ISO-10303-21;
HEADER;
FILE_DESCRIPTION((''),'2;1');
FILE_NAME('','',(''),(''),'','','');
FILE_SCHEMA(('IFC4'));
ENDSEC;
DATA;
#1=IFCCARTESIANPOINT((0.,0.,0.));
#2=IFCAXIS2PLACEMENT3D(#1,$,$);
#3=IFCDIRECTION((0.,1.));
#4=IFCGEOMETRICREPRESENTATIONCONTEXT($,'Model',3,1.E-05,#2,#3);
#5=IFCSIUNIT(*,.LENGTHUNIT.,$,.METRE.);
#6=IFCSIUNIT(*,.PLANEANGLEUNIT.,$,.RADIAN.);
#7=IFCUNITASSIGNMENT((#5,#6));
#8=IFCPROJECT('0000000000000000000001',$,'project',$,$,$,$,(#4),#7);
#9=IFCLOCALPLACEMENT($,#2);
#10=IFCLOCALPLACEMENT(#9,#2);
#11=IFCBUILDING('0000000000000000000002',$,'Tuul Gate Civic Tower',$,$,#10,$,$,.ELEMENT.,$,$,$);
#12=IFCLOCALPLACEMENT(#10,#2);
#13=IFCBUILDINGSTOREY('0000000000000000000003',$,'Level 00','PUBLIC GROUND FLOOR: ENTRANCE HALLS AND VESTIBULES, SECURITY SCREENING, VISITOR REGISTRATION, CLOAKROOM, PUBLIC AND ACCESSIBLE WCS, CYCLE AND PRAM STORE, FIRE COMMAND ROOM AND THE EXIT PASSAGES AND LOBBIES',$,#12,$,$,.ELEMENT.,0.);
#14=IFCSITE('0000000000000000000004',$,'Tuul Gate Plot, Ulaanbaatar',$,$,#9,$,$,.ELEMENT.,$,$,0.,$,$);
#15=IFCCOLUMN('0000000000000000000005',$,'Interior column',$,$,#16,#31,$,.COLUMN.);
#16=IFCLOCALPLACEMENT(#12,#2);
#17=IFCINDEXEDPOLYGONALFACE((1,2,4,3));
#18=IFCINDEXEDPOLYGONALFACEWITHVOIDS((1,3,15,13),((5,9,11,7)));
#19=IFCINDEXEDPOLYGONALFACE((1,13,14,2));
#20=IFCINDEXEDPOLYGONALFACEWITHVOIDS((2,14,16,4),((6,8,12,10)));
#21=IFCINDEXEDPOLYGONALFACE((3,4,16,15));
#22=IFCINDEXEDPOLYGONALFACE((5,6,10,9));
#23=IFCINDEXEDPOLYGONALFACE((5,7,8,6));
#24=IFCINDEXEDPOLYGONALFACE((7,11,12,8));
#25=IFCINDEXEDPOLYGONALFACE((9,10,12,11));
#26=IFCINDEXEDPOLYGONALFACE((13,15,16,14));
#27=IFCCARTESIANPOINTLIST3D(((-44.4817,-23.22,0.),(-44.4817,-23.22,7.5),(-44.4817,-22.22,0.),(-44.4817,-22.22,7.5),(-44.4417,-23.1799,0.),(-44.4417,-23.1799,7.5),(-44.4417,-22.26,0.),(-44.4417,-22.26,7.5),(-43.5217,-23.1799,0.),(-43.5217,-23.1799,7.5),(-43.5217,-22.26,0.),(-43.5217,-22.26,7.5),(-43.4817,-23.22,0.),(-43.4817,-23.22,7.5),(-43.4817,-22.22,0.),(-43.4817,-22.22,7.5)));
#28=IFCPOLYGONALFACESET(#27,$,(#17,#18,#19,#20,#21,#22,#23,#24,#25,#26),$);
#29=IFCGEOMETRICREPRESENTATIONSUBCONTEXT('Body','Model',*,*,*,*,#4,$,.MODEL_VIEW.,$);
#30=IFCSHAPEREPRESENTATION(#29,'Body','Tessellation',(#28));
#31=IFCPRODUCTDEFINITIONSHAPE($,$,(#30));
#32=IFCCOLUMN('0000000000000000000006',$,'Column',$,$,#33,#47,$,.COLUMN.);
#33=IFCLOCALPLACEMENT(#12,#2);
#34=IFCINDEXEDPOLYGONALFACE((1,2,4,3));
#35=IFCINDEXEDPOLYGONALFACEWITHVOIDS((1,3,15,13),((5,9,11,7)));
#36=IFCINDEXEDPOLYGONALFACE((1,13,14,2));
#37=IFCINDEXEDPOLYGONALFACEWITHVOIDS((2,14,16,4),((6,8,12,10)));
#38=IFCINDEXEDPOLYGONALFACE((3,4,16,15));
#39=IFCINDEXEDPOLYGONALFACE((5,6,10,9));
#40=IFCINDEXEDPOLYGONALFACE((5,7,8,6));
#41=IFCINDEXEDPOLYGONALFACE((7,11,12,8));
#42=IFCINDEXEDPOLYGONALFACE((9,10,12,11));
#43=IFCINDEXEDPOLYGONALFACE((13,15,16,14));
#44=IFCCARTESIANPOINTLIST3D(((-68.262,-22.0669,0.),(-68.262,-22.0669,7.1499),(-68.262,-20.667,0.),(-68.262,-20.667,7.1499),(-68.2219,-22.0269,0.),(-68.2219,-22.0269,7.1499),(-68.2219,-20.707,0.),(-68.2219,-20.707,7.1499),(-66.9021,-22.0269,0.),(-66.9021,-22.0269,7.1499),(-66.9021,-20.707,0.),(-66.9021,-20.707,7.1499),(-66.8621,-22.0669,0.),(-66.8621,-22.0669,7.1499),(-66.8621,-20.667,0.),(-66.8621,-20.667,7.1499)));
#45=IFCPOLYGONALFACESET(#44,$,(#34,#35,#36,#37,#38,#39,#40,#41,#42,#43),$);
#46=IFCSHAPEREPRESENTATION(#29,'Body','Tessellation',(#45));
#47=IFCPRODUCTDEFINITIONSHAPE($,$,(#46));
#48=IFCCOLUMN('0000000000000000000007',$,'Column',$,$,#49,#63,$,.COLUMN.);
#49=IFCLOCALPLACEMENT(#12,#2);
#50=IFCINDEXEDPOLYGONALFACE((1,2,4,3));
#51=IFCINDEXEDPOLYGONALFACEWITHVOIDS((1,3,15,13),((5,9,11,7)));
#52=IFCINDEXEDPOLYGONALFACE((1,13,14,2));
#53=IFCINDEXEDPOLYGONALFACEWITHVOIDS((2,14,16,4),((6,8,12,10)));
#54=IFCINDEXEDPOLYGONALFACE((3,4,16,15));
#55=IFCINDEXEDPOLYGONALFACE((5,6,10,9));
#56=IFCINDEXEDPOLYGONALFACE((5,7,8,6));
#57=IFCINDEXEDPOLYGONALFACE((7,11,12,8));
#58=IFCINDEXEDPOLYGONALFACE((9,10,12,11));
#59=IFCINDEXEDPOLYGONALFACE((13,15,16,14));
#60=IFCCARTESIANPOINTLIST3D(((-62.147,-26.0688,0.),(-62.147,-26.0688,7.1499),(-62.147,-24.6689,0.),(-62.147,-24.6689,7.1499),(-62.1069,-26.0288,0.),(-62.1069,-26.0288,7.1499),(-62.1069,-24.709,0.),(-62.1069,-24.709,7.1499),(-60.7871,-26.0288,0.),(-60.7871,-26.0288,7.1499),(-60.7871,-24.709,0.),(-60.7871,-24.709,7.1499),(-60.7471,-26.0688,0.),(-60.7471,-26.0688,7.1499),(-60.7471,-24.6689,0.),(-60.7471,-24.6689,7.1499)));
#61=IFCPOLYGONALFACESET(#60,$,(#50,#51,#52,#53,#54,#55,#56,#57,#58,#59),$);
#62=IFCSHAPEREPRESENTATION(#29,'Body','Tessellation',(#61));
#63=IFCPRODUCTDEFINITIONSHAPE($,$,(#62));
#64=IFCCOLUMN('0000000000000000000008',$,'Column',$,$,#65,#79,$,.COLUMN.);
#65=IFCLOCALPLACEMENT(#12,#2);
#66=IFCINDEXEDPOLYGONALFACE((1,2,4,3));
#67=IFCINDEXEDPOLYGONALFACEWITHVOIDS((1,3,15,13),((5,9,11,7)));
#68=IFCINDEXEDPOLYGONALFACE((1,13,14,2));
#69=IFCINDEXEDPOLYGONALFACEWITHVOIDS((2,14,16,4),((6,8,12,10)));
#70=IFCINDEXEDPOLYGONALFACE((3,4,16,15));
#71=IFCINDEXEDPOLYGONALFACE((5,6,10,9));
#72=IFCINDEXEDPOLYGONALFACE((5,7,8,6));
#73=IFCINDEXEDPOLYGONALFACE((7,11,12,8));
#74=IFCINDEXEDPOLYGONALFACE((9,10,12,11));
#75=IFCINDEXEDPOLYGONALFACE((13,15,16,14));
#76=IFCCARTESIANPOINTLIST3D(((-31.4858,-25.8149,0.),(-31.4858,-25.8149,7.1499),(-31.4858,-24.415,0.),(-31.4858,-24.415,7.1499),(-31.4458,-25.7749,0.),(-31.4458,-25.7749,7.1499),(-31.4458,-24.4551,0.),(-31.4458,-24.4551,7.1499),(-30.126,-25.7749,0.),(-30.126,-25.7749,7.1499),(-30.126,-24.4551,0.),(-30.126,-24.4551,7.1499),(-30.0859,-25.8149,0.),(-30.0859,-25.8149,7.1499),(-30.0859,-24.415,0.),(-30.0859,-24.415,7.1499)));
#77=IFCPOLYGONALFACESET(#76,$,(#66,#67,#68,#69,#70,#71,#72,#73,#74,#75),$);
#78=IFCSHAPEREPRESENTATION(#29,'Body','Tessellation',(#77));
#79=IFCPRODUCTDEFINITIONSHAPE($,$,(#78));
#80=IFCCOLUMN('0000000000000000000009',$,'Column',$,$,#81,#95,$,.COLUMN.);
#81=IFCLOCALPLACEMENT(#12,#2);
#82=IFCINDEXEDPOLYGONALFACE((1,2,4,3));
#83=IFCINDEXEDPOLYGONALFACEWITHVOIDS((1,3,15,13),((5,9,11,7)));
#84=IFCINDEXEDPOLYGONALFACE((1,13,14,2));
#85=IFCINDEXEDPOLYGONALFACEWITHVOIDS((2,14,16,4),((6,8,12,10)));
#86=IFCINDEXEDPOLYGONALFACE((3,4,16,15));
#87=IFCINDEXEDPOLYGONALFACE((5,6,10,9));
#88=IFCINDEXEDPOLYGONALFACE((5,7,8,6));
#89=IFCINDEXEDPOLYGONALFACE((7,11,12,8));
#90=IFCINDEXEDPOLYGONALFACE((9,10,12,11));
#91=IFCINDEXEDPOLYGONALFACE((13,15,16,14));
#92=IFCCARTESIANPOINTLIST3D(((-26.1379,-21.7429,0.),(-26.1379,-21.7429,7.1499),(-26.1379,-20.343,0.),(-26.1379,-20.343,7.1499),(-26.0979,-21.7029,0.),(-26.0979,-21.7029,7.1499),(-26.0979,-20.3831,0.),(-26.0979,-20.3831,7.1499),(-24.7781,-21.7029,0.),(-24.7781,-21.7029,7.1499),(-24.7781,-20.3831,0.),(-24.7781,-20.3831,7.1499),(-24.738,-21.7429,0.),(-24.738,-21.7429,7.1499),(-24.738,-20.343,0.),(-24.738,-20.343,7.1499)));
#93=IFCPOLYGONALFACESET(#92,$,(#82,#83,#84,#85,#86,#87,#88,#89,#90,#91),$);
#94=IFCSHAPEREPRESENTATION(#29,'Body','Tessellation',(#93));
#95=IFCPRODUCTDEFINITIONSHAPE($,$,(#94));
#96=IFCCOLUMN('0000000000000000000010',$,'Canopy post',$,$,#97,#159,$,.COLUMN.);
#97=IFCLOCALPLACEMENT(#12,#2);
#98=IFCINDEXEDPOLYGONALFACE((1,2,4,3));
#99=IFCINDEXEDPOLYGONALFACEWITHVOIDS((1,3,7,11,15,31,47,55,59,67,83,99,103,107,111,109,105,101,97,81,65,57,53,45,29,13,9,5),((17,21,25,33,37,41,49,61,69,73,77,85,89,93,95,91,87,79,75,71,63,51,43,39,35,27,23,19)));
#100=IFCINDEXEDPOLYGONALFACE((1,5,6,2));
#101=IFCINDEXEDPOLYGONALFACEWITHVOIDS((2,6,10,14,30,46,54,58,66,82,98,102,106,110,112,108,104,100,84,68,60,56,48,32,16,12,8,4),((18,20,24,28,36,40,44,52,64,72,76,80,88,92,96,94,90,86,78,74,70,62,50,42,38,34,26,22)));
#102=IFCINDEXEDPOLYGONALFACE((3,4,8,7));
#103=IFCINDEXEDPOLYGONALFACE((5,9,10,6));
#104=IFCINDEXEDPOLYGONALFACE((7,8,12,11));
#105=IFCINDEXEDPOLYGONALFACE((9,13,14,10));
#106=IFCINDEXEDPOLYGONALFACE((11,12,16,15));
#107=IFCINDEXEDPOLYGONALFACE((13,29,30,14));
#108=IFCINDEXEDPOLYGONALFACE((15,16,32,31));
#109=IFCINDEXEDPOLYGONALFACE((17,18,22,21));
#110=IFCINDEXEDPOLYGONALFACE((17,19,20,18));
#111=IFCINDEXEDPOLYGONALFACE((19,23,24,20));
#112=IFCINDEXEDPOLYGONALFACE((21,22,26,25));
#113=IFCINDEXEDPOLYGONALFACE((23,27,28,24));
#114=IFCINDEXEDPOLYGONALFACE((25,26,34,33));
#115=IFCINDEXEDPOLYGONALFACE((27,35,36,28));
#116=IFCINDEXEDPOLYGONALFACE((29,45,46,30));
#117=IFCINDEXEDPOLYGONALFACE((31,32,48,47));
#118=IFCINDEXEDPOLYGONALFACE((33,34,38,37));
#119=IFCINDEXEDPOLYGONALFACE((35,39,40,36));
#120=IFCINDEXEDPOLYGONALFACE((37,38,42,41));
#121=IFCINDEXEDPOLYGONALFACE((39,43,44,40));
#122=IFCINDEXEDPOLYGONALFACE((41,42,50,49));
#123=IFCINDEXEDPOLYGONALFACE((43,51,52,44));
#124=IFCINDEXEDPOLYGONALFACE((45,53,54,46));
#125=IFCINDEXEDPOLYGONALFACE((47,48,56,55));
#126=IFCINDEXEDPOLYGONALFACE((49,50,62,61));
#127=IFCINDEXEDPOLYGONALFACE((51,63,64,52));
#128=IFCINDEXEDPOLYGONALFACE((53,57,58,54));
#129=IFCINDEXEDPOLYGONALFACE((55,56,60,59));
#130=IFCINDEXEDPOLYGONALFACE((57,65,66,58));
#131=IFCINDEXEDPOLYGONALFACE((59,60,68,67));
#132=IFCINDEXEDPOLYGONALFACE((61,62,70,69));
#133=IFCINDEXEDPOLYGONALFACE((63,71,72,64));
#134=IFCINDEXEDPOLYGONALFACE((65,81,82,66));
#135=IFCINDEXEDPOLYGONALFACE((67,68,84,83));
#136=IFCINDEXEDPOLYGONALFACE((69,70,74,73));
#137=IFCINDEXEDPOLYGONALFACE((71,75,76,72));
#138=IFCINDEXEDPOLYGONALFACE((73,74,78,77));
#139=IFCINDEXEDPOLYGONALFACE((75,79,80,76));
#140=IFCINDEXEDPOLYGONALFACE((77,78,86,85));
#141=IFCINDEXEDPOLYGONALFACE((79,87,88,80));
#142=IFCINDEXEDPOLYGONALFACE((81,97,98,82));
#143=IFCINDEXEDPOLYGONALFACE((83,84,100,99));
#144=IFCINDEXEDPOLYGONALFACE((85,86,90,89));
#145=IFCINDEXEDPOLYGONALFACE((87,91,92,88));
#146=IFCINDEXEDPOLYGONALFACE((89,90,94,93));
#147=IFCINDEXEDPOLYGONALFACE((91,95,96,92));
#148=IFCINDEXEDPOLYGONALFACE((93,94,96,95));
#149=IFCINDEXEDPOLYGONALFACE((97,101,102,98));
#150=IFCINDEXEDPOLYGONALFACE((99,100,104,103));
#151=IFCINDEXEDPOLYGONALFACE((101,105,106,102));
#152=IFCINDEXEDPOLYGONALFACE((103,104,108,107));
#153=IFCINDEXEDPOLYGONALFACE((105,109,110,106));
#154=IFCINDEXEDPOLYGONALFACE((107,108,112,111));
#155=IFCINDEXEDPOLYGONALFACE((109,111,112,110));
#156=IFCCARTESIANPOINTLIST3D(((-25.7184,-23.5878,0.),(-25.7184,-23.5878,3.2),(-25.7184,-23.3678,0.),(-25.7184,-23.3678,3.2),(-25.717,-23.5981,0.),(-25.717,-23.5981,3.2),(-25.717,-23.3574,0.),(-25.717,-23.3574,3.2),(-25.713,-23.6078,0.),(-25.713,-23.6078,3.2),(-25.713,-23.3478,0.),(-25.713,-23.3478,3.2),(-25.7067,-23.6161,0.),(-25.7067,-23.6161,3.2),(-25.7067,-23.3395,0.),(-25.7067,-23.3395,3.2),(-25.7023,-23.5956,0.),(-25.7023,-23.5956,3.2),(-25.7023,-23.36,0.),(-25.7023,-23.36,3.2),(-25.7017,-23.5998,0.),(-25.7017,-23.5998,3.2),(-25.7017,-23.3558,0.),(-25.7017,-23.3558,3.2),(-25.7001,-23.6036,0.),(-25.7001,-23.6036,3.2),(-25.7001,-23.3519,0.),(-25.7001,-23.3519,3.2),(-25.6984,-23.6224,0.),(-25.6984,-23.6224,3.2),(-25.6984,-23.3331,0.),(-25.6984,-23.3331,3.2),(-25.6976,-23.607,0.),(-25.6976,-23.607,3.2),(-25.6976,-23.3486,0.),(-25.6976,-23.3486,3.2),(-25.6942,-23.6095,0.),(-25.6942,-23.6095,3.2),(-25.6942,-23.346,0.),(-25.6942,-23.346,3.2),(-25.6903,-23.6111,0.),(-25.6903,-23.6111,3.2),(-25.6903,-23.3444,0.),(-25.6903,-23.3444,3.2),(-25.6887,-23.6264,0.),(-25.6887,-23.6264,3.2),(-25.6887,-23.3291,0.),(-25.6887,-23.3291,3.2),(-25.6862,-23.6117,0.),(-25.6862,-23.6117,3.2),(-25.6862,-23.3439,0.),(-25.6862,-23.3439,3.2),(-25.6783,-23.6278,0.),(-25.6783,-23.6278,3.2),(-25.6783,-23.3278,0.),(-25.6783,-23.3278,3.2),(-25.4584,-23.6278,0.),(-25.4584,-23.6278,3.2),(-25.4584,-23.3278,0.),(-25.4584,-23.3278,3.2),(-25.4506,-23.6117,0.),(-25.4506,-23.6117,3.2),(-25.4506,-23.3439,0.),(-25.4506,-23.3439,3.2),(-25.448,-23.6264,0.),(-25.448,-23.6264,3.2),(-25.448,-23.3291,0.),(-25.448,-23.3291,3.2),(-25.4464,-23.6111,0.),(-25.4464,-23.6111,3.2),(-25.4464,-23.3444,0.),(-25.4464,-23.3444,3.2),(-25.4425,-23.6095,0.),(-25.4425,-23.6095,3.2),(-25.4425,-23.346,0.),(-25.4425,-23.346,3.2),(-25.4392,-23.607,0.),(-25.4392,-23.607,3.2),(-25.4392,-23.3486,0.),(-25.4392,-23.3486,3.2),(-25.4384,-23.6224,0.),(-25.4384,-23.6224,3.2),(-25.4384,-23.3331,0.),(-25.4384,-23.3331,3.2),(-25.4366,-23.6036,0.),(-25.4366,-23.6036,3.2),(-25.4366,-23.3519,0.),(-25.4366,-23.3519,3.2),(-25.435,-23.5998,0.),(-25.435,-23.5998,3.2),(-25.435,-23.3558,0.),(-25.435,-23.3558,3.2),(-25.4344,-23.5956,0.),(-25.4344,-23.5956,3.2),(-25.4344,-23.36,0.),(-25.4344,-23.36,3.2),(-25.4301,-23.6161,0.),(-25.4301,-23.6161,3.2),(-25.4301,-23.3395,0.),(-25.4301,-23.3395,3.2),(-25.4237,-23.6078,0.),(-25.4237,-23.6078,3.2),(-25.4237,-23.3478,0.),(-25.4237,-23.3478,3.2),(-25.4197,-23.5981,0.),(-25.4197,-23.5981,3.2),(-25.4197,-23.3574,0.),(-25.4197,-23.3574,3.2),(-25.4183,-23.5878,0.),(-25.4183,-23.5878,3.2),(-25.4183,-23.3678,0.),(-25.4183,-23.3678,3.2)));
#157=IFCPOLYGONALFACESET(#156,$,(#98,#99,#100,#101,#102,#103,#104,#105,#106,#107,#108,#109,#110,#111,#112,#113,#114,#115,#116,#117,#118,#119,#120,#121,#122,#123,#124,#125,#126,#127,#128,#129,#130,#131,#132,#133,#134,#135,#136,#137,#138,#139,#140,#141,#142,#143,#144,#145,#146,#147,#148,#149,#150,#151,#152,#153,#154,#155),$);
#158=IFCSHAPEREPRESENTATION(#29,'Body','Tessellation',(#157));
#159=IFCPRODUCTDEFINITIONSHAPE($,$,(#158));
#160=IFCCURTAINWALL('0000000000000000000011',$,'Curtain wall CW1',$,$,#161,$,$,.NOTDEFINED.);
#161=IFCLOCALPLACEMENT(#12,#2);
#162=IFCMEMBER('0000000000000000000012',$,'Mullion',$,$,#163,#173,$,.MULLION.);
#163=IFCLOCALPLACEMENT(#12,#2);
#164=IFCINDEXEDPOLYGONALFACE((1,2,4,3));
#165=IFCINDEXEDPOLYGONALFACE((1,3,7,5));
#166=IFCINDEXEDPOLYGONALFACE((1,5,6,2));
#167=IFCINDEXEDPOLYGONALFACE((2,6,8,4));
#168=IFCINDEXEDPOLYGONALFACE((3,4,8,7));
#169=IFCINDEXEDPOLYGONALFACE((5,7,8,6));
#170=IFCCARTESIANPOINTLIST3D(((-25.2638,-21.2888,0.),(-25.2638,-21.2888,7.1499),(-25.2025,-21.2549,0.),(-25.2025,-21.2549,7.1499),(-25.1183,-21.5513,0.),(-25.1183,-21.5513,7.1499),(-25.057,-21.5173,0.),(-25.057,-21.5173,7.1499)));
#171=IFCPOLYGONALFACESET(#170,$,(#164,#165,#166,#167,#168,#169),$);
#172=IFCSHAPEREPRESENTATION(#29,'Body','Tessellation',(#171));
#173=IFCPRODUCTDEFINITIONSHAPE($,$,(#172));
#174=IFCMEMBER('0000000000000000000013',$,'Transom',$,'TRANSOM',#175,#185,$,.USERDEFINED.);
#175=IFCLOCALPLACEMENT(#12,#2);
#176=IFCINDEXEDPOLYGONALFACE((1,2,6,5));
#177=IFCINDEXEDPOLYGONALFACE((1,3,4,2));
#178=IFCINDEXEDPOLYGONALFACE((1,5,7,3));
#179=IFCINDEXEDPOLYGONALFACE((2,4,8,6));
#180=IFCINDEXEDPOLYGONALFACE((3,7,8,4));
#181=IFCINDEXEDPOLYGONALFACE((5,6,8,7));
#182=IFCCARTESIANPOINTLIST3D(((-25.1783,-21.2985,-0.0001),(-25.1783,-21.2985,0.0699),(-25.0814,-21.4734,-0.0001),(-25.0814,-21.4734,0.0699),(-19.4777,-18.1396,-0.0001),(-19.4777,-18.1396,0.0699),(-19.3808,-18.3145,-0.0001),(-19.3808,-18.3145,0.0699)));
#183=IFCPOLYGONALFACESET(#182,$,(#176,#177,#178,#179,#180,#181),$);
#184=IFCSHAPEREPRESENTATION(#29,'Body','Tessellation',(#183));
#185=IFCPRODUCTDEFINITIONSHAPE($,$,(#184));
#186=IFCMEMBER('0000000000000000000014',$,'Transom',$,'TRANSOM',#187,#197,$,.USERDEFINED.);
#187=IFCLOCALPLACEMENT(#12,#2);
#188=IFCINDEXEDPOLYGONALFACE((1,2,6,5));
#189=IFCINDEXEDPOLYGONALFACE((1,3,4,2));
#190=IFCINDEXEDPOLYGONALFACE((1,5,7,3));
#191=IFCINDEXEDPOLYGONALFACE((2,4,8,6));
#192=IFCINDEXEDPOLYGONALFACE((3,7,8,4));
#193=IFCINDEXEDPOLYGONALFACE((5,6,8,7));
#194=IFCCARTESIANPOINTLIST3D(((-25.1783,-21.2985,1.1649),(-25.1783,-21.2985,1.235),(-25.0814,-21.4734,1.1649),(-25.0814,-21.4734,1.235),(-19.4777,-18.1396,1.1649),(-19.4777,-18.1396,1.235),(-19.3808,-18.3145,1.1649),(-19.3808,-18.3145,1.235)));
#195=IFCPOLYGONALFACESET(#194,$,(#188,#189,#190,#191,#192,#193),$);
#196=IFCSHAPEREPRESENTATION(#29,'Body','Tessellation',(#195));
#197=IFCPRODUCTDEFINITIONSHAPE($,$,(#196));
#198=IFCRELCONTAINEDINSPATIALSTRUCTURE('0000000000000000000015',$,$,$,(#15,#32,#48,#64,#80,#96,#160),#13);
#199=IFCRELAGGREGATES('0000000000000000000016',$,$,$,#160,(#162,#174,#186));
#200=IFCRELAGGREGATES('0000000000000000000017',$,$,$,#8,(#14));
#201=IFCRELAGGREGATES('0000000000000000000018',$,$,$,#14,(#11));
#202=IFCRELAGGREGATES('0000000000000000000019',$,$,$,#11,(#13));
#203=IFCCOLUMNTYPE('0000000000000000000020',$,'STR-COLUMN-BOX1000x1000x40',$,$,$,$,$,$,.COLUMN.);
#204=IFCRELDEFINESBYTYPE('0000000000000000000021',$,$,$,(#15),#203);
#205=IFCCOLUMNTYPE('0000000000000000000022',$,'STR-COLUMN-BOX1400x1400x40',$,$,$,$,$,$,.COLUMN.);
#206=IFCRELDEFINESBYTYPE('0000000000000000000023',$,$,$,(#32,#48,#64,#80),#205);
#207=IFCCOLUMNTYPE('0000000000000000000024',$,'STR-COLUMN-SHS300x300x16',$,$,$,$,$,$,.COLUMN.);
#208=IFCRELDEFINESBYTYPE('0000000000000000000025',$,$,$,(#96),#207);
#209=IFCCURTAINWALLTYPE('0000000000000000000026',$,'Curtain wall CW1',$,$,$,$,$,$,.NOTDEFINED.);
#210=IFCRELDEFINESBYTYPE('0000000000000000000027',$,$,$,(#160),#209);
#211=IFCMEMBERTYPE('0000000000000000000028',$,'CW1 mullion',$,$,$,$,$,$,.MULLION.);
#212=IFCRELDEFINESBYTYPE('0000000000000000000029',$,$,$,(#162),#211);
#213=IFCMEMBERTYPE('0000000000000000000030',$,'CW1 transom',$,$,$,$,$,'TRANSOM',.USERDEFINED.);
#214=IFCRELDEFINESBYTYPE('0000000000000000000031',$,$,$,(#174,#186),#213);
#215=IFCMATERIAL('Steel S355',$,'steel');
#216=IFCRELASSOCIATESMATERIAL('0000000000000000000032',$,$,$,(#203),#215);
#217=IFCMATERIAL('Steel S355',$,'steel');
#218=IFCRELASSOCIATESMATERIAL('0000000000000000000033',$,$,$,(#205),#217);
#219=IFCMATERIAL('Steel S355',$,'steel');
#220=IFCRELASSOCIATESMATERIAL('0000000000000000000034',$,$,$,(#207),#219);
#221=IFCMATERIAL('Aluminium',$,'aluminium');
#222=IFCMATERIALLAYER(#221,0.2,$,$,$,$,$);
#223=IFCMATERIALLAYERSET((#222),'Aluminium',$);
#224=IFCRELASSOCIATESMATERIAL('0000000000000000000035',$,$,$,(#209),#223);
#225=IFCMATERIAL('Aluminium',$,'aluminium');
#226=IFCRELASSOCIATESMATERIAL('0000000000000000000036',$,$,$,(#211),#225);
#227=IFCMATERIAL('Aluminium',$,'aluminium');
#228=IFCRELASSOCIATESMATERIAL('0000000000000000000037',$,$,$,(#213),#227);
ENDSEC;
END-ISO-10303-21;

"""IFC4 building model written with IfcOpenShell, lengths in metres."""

from ifc_helpers import new_model, si_unit, direction, frame, origin, origin_2d, place, context, subcontext, project, spatial, rectangle, hollow_rectangle, extrude, material, layer, layer_set, material_profile, profile_set, type_object, element, aggregate, save


model = new_model("IFC4")

# Units and contexts
model_context = context("Model", 3, precision=1e-05, world=origin(), true_north=direction((0.0, 1.0)))
body_context = subcontext(model_context, "Body", "Model", "MODEL_VIEW")
ifc_project = project(units=[si_unit("LENGTHUNIT", "METRE"), si_unit("PLANEANGLEUNIT", "RADIAN")], contexts=[model_context])

# Site, building, storey
site_placement = place(None, origin())
site = spatial("IfcSite", under=ifc_project, at=site_placement, Name="Tuul Gate Plot, Ulaanbaatar", CompositionType="ELEMENT", RefElevation=0.0)
building_placement = place(site_placement, origin())
building = spatial("IfcBuilding", under=site, at=building_placement, Name="Tuul Gate Civic Tower", CompositionType="ELEMENT")
storey_placement = place(building_placement, origin())
storey = spatial("IfcBuildingStorey", under=building, at=storey_placement, Name="Level 00", Description="PUBLIC GROUND FLOOR: ENTRANCE HALLS AND VESTIBULES, SECURITY SCREENING, VISITOR REGISTRATION, CLOAKROOM, PUBLIC AND ACCESSIBLE WCS, CYCLE AND PRAM STORE, FIRE COMMAND ROOM AND THE EXIT PASSAGES AND LOBBIES", CompositionType="ELEMENT", Elevation=0.0)

# Columns
ifc_material_1 = material(Name="Steel S355", Category="steel")
ifc_material_profile_1 = material_profile(ifc_material_1, hollow_rectangle(XDim=1.0, YDim=1.0, WallThickness=0.04, at=origin_2d()), Name="BOX1000x1000x40")
ifc_profile_set_1 = profile_set([ifc_material_profile_1], Name="Steel S355")
column_type_1 = type_object("IfcColumnType", Name="STR-COLUMN-BOX1000x1000x40", PredefinedType="COLUMN", material=ifc_profile_set_1)
column_1_placement = place(storey_placement, frame((-43.9817, -22.72, 0.0), z_axis=(0.0, 0.0, 1.0), x_axis=(1.0, 0.0, 0.0)))
element("IfcColumn", 1, at=column_1_placement, inside=storey, type_object=column_type_1, Name="Interior column", PredefinedType="COLUMN", context=body_context, shape_type="SweptSolid", body=[
    extrude(hollow_rectangle(XDim=1.0, YDim=1.0, WallThickness=0.04, at=origin_2d()), origin(), (0.0, 0.0, 1.0), 7.5),
])
ifc_material_2 = material(Name="Steel S355", Category="steel")
ifc_material_profile_2 = material_profile(ifc_material_2, hollow_rectangle(XDim=1.3999, YDim=1.3999, WallThickness=0.04, at=origin_2d()), Name="BOX1400x1400x40")
ifc_profile_set_2 = profile_set([ifc_material_profile_2], Name="Steel S355")
column_type_2 = type_object("IfcColumnType", Name="STR-COLUMN-BOX1400x1400x40", PredefinedType="COLUMN", material=ifc_profile_set_2)
for number, where, z_axis, x_axis, name in (
    (2, (-67.562, -21.3669, 0.0), (0.0, 0.0, 1.0), (1.0, 0.0, 0.0), "Column"),
    (3, (-61.447, -25.3689, 0.0), (0.0, 0.0, 1.0), (1.0, 0.0, 0.0), "Column"),
    (4, (-30.7859, -25.115, 0.0), (0.0, 0.0, 1.0), (1.0, 0.0, 0.0), "Column"),
    (5, (-25.438, -21.043, 0.0), (0.0, 0.0, 1.0), (1.0, 0.0, 0.0), "Column"),
):
    element("IfcColumn", number, at=place(storey_placement, frame(where, z_axis=z_axis, x_axis=x_axis)), inside=storey, type_object=column_type_2, Name=name, PredefinedType="COLUMN", context=body_context, shape_type="SweptSolid", body=[
        extrude(hollow_rectangle(XDim=1.3999, YDim=1.3999, WallThickness=0.04, at=origin_2d()), origin(), (0.0, 0.0, 1.0), 7.1499),
    ])
ifc_material_3 = material(Name="Steel S355", Category="steel")
ifc_material_profile_3 = material_profile(ifc_material_3, hollow_rectangle(XDim=0.3, YDim=0.3, WallThickness=0.0161, InnerFilletRadius=0.0161, OuterFilletRadius=0.04, at=origin_2d()), Name="SHS300x300x16")
ifc_profile_set_3 = profile_set([ifc_material_profile_3], Name="Steel S355")
column_type_3 = type_object("IfcColumnType", Name="STR-COLUMN-SHS300x300x16", PredefinedType="COLUMN", material=ifc_profile_set_3)
column_2_placement = place(storey_placement, frame((-25.5684, -23.4778, 0.0), z_axis=(0.0, 0.0, 1.0), x_axis=(1.0, 0.0, 0.0)))
element("IfcColumn", 6, at=column_2_placement, inside=storey, type_object=column_type_3, Name="Canopy post", PredefinedType="COLUMN", context=body_context, shape_type="SweptSolid", body=[
    extrude(hollow_rectangle(XDim=0.3, YDim=0.3, WallThickness=0.0161, InnerFilletRadius=0.0161, OuterFilletRadius=0.04, at=origin_2d()), origin(), (0.0, 0.0, 1.0), 3.2),
])

# Curtain wall, members
ifc_material_4 = material(Name="Aluminium", Category="aluminium")
ifc_layer_1 = layer(ifc_material_4, 0.2)
ifc_layer_set_1 = layer_set([ifc_layer_1], Name="Aluminium")
curtain_wall_type = type_object("IfcCurtainWallType", Name="Curtain wall CW1", PredefinedType="NOTDEFINED", material=ifc_layer_set_1)
curtain_wall_placement = place(storey_placement, origin())
curtain_wall = element("IfcCurtainWall", 7, at=curtain_wall_placement, inside=storey, type_object=curtain_wall_type, Name="Curtain wall CW1", PredefinedType="NOTDEFINED")
ifc_material_5 = material(Name="Aluminium", Category="aluminium")
ifc_material_profile_4 = material_profile(ifc_material_5, rectangle(XDim=0.3, YDim=0.0701, at=origin_2d()), Name="CW1 mullion")
ifc_profile_set_4 = profile_set([ifc_material_profile_4], Name="Aluminium")
member_type_1 = type_object("IfcMemberType", Name="CW1 mullion", PredefinedType="MULLION", material=ifc_profile_set_4)
member_1_placement = place(storey_placement, frame((-25.1604, -21.4031, 0.0), z_axis=(0.0, 0.0, 1.0), x_axis=(-0.484724, 0.874667, 0.0)))
member_1 = element("IfcMember", 8, at=member_1_placement, type_object=member_type_1, Name="Mullion", PredefinedType="MULLION", context=body_context, shape_type="SweptSolid", body=[
    extrude(rectangle(XDim=0.3, YDim=0.0701, at=origin_2d()), origin(), (0.0, 0.0, 1.0), 7.1499),
])
ifc_material_6 = material(Name="Aluminium", Category="aluminium")
ifc_material_profile_5 = material_profile(ifc_material_6, rectangle(XDim=0.2, YDim=0.0701, at=origin_2d()), Name="CW1 transom")
ifc_profile_set_5 = profile_set([ifc_material_profile_5], Name="Aluminium")
member_type_2 = type_object("IfcMemberType", Name="CW1 transom", ElementType="TRANSOM", PredefinedType="USERDEFINED", material=ifc_profile_set_5)
member_2_placement = place(storey_placement, frame((-25.1299, -21.386, 0.0349), z_axis=(0.874685, 0.484692, 0.0), x_axis=(-0.484692, 0.874685, 0.0)))
member_2 = element("IfcMember", 9, at=member_2_placement, type_object=member_type_2, Name="Transom", ObjectType="TRANSOM", PredefinedType="USERDEFINED", context=body_context, shape_type="SweptSolid", body=[
    extrude(rectangle(XDim=0.2, YDim=0.0701, at=origin_2d()), origin(), (0.0, 0.0, 1.0), 6.5173),
])
member_3_placement = place(storey_placement, frame((-25.1299, -21.386, 1.2), z_axis=(0.874685, 0.484692, 0.0), x_axis=(-0.484692, 0.874685, 0.0)))
member_3 = element("IfcMember", 10, at=member_3_placement, type_object=member_type_2, Name="Transom", ObjectType="TRANSOM", PredefinedType="USERDEFINED", context=body_context, shape_type="SweptSolid", body=[
    extrude(rectangle(XDim=0.2, YDim=0.0701, at=origin_2d()), origin(), (0.0, 0.0, 1.0), 6.5173),
])
aggregate(curtain_wall, [member_1, member_2, member_3])

save(model, "model.ifc")
